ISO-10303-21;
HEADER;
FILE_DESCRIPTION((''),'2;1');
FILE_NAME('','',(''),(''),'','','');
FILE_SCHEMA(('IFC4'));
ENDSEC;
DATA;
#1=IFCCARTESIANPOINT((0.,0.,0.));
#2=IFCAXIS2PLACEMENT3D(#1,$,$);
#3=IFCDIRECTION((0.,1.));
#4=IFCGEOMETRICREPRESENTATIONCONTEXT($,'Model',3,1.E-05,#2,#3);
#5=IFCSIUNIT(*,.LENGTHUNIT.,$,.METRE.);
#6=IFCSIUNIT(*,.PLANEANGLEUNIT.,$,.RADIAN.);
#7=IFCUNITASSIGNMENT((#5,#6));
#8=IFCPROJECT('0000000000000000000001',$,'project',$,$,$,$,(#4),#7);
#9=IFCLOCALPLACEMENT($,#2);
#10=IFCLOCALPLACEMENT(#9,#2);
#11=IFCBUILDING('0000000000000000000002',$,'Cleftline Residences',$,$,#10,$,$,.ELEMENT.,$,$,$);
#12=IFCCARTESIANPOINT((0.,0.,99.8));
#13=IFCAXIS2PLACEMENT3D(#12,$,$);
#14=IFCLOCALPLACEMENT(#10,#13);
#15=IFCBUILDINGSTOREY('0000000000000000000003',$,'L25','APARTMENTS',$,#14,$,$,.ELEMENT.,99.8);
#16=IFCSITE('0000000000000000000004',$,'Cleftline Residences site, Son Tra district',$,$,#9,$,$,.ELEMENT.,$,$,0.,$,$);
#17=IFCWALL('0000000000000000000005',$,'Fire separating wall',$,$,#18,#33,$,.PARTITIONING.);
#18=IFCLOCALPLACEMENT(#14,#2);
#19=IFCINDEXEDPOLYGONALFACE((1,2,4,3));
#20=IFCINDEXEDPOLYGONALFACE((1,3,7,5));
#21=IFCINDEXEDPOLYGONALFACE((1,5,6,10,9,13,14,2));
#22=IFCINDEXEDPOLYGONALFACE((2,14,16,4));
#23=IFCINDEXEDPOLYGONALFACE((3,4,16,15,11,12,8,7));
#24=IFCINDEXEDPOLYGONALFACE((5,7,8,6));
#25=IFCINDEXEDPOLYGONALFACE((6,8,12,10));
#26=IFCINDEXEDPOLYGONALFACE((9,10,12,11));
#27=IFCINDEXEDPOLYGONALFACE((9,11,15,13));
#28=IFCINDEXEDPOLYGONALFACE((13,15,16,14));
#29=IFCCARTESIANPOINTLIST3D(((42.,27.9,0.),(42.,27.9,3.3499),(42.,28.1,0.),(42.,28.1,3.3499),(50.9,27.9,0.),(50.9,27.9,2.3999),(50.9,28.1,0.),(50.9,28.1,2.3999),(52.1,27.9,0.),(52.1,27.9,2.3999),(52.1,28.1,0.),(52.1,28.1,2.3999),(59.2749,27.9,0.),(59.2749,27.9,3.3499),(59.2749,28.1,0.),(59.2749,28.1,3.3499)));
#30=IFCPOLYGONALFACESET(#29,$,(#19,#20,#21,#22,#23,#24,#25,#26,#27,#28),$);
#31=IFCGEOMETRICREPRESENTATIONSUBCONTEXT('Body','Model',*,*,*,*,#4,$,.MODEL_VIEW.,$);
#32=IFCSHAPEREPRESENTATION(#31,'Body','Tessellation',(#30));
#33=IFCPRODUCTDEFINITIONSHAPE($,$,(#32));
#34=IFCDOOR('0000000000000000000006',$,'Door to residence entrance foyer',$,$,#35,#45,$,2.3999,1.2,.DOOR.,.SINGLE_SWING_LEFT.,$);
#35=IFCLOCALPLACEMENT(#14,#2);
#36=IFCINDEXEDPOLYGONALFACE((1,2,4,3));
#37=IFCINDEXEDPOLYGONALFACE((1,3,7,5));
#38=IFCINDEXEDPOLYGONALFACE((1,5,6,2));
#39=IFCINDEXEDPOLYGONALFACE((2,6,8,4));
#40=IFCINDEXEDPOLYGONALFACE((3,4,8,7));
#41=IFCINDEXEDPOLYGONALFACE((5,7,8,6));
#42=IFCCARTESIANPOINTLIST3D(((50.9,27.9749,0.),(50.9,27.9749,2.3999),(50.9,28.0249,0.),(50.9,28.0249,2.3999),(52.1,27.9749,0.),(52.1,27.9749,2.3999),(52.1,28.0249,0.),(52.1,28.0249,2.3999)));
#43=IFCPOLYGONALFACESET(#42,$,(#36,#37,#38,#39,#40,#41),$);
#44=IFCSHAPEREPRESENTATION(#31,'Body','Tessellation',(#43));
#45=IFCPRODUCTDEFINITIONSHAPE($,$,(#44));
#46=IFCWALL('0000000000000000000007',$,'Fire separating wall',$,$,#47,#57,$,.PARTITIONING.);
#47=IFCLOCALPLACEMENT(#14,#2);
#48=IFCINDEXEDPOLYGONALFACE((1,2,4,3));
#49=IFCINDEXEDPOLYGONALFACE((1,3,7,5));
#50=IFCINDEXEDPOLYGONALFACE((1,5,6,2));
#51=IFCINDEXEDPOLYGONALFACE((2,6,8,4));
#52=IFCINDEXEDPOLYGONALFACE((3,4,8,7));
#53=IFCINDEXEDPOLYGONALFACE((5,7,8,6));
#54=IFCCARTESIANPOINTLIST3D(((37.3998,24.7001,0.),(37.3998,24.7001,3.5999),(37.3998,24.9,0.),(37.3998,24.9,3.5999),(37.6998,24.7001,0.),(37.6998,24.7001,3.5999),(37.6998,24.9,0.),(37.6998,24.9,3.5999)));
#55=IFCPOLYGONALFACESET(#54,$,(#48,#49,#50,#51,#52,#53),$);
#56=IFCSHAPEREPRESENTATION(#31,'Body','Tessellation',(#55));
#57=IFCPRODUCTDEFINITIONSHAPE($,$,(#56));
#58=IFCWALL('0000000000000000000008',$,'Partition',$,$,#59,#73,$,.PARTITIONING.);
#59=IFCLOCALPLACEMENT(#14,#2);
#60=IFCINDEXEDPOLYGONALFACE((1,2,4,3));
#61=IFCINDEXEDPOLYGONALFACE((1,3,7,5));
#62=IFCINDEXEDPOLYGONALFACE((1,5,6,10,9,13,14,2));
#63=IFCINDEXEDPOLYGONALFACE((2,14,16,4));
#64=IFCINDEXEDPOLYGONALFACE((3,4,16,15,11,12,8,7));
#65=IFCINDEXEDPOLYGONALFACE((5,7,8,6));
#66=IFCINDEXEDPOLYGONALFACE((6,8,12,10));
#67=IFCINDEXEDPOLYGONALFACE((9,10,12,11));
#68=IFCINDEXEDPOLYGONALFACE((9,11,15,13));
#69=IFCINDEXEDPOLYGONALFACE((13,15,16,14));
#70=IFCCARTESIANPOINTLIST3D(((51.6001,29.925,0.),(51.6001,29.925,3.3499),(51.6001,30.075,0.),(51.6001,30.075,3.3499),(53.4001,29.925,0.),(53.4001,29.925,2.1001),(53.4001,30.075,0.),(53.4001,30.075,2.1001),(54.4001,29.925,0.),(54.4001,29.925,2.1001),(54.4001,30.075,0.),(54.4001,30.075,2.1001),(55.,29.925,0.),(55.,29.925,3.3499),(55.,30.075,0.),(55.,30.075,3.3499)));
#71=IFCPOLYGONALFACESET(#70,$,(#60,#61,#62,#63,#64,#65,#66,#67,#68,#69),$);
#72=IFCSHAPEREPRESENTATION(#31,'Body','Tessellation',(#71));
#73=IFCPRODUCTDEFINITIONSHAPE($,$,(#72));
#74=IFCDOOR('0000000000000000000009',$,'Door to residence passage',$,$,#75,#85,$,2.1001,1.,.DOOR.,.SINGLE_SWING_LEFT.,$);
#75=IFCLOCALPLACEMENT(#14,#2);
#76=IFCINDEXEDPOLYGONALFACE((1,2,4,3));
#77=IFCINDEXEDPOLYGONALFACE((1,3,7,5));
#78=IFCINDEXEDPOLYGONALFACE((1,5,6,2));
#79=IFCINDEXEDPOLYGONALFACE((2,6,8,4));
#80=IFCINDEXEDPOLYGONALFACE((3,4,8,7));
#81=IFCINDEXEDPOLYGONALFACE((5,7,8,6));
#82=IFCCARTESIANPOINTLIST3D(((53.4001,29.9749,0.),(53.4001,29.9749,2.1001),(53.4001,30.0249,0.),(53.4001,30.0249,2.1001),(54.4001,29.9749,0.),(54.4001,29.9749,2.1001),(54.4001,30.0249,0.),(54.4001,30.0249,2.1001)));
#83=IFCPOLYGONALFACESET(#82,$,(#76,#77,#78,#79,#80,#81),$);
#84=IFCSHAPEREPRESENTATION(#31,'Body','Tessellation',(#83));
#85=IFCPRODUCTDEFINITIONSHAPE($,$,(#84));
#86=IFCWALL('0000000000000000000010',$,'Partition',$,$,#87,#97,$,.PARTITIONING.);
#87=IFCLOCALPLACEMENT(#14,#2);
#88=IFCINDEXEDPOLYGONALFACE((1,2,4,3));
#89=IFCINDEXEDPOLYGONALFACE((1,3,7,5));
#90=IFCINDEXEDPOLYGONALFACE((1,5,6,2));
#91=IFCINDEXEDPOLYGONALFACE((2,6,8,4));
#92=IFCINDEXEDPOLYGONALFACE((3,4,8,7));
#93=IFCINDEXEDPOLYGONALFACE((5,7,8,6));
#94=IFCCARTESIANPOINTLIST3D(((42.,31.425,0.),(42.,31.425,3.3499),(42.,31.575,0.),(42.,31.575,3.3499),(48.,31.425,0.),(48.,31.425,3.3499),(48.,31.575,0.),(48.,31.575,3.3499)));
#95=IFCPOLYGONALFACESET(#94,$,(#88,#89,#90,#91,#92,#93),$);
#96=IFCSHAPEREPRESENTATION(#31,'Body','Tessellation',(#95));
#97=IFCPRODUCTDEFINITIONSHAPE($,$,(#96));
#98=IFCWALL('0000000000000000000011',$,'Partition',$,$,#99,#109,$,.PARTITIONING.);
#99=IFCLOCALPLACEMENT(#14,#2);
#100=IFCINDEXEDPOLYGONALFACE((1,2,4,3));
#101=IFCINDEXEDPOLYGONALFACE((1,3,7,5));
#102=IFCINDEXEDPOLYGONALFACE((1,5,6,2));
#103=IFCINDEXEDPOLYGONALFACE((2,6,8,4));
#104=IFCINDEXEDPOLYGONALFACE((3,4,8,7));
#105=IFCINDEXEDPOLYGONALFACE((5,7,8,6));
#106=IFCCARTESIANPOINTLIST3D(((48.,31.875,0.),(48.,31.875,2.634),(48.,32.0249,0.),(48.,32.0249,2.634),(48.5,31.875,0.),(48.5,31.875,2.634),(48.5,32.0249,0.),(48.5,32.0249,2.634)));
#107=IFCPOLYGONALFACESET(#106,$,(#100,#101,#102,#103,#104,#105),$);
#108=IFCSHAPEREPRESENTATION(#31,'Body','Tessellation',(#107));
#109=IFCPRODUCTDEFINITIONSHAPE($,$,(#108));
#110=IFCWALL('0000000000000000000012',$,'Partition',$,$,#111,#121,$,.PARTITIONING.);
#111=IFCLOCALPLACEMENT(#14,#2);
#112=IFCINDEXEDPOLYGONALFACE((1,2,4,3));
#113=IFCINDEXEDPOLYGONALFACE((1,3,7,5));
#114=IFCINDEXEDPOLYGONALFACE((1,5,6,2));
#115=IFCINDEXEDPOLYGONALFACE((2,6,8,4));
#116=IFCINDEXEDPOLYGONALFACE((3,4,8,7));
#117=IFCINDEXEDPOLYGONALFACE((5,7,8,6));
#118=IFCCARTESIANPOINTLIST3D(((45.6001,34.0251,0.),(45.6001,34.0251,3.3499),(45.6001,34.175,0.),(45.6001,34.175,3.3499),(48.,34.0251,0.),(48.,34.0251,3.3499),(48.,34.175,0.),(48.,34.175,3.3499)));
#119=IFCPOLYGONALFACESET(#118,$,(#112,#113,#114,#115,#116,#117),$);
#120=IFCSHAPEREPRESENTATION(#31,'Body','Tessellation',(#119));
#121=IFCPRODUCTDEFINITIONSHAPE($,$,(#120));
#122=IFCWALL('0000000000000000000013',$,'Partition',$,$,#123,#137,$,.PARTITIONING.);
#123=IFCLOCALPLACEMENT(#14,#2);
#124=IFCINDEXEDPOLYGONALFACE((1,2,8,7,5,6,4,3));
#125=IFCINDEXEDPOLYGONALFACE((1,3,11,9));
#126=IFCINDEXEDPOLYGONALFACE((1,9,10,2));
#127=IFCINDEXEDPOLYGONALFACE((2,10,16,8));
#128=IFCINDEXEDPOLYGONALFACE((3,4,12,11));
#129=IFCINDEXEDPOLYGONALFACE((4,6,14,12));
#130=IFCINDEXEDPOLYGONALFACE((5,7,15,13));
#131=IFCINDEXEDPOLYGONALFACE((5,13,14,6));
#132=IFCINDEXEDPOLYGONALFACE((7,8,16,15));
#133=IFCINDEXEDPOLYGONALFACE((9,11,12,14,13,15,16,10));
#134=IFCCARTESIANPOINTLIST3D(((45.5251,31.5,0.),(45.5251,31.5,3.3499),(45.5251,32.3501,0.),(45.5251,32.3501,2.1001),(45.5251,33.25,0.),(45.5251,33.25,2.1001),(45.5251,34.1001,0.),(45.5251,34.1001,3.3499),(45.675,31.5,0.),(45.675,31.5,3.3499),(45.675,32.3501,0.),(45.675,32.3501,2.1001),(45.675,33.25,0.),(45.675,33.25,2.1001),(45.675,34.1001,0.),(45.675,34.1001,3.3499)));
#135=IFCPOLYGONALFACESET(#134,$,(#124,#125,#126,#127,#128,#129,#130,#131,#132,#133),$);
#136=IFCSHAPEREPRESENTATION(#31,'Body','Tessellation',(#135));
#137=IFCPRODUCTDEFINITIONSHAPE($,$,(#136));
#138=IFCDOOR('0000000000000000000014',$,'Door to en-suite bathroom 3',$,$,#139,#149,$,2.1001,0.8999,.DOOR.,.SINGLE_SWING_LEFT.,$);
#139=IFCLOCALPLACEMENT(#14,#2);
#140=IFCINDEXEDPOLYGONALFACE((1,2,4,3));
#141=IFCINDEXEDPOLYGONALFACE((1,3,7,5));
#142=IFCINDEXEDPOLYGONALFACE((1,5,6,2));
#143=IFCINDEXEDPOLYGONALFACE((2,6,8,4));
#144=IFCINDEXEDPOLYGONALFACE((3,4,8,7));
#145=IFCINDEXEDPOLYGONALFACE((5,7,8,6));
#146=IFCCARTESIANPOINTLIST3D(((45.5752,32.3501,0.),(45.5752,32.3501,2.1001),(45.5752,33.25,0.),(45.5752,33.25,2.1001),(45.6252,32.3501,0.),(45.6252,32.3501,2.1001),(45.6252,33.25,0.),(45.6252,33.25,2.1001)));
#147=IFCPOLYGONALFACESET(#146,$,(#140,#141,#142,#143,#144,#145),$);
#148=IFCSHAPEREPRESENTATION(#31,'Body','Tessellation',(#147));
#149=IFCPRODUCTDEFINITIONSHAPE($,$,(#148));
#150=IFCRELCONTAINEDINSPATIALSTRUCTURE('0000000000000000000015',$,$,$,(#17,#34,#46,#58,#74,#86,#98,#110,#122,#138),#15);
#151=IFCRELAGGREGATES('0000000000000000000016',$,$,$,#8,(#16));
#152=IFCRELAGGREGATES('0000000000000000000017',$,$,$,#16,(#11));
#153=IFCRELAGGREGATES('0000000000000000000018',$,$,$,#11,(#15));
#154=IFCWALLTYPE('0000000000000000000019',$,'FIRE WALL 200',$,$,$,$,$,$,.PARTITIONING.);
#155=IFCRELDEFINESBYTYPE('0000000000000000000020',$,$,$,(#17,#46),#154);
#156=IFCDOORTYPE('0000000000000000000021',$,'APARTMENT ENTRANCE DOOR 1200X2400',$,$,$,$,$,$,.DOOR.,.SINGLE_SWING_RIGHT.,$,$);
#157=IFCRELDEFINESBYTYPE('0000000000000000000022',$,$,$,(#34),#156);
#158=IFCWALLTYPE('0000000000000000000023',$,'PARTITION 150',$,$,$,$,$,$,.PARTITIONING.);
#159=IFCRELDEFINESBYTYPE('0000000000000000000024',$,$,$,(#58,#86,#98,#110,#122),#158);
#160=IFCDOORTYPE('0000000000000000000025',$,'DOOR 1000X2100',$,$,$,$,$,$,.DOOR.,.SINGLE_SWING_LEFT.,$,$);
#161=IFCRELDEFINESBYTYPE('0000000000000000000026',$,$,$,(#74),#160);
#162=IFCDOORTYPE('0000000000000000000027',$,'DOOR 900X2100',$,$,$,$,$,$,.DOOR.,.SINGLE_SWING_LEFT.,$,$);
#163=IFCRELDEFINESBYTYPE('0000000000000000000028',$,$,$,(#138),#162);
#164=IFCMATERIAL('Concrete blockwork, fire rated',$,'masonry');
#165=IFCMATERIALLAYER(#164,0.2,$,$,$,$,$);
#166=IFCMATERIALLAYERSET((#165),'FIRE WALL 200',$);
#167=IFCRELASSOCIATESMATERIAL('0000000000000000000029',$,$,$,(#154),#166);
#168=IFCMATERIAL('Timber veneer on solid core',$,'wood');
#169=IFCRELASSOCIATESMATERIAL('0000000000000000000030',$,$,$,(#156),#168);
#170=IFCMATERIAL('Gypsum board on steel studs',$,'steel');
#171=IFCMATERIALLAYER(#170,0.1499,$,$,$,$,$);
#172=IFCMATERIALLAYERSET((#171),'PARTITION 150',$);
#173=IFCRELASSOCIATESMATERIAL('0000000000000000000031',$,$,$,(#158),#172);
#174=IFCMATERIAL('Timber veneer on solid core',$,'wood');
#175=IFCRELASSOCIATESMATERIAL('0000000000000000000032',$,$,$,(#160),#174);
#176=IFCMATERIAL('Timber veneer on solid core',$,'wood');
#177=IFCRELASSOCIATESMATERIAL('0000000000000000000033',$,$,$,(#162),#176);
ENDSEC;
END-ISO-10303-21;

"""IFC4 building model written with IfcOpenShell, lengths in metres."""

from ifc_helpers import new_model, si_unit, direction, frame, frame_2d, origin, place, context, subcontext, project, spatial, rectangle, extrude, material, layer, layer_set, type_object, element, fill, save


model = new_model("IFC4")

# Units and contexts
model_context = context("Model", 3, precision=1e-05, world=origin(), true_north=direction((0.0, 1.0)))
body_context = subcontext(model_context, "Body", "Model", "MODEL_VIEW")
ifc_project = project(units=[si_unit("LENGTHUNIT", "METRE"), si_unit("PLANEANGLEUNIT", "RADIAN")], contexts=[model_context])

# Site, building, storey
site_placement = place(None, origin())
site = spatial("IfcSite", under=ifc_project, at=site_placement, Name="Cleftline Residences site, Son Tra district", CompositionType="ELEMENT", RefElevation=0.0)
building_placement = place(site_placement, origin())
building = spatial("IfcBuilding", under=site, at=building_placement, Name="Cleftline Residences", CompositionType="ELEMENT")
storey_placement = place(building_placement, frame((0.0, 0.0, 99.8)))
storey = spatial("IfcBuildingStorey", under=building, at=storey_placement, Name="L25", Description="APARTMENTS", CompositionType="ELEMENT", Elevation=99.8)

# Shared definitions
ifc_material_1 = material(Name="Concrete blockwork, fire rated", Category="masonry")
ifc_layer_1 = layer(ifc_material_1, 0.2)
ifc_layer_set_1 = layer_set([ifc_layer_1], Name="FIRE WALL 200")
wall_type_1 = type_object("IfcWallType", Name="FIRE WALL 200", PredefinedType="PARTITIONING", material=ifc_layer_set_1)

# Wall, opening, door
wall_1_placement = place(storey_placement, frame((42.0, 28.0, 0.0), z_axis=(0.0, 0.0, 1.0), x_axis=(1.0, 0.0, 0.0)))
wall_1 = element("IfcWall", 1, at=wall_1_placement, inside=storey, type_object=wall_type_1, Name="Fire separating wall", PredefinedType="PARTITIONING", context=body_context, shape_type="SweptSolid", body=[
    extrude(rectangle(XDim=17.2749, YDim=0.2, at=frame_2d((8.6375, 0.0))), origin(), (0.0, 0.0, 1.0), 3.3499),
])
opening_1_placement = place(wall_1_placement, frame((8.8999, 0.0, 0.0)))
opening_1 = element("IfcOpeningElement", 2, at=opening_1_placement, cuts=wall_1, PredefinedType="OPENING", context=body_context, shape_type="SweptSolid", body=[
    extrude(rectangle(XDim=1.2, YDim=2.3999, at=frame_2d((0.6001, 1.2))), frame((0.0, 0.1099, 0.0), z_axis=(0.0, -1.0, 0.0), x_axis=(1.0, 0.0, 0.0)), (0.0, 0.0, 1.0), 0.22),
])
ifc_material_2 = material(Name="Timber veneer on solid core", Category="wood")
door_type_1 = type_object("IfcDoorType", Name="APARTMENT ENTRANCE DOOR 1200X2400", OperationType="SINGLE_SWING_RIGHT", PredefinedType="DOOR", material=ifc_material_2)
door_1_placement = place(opening_1_placement, origin())
door_1 = element("IfcDoor", 3, at=door_1_placement, inside=storey, type_object=door_type_1, Name="Door to residence entrance foyer", OperationType="SINGLE_SWING_LEFT", OverallHeight=2.3999, OverallWidth=1.2, PredefinedType="DOOR", context=body_context, shape_type="SweptSolid", body=[
    extrude(rectangle(XDim=1.2, YDim=2.3999, at=frame_2d((0.6001, 1.2))), frame((0.0, 0.0249, 0.0), z_axis=(0.0, -1.0, 0.0), x_axis=(1.0, 0.0, 0.0)), (0.0, 0.0, 1.0), 0.05),
])
fill(opening_1, door_1)

# Wall
wall_2_placement = place(storey_placement, frame((37.3999, 24.8, 0.0), z_axis=(0.0, 0.0, 1.0), x_axis=(1.0, 0.0, 0.0)))
element("IfcWall", 4, at=wall_2_placement, inside=storey, type_object=wall_type_1, Name="Fire separating wall", PredefinedType="PARTITIONING", context=body_context, shape_type="SweptSolid", body=[
    extrude(rectangle(XDim=0.3, YDim=0.2, at=frame_2d((0.1499, 0.0))), origin(), (0.0, 0.0, 1.0), 3.5999),
])

# Wall, opening, door
ifc_material_3 = material(Name="Gypsum board on steel studs", Category="steel")
ifc_layer_2 = layer(ifc_material_3, 0.1499)
ifc_layer_set_2 = layer_set([ifc_layer_2], Name="PARTITION 150")
wall_type_2 = type_object("IfcWallType", Name="PARTITION 150", PredefinedType="PARTITIONING", material=ifc_layer_set_2)
wall_3_placement = place(storey_placement, frame((51.6001, 30.0, 0.0), z_axis=(0.0, 0.0, 1.0), x_axis=(1.0, 0.0, 0.0)))
wall_3 = element("IfcWall", 5, at=wall_3_placement, inside=storey, type_object=wall_type_2, Name="Partition", PredefinedType="PARTITIONING", context=body_context, shape_type="SweptSolid", body=[
    extrude(rectangle(XDim=3.3999, YDim=0.1499, at=frame_2d((1.7, 0.0))), origin(), (0.0, 0.0, 1.0), 3.3499),
])
opening_2_placement = place(wall_3_placement, frame((1.8, 0.0, 0.0)))
opening_2 = element("IfcOpeningElement", 6, at=opening_2_placement, cuts=wall_3, PredefinedType="OPENING", context=body_context, shape_type="SweptSolid", body=[
    extrude(rectangle(XDim=1.0, YDim=2.1001, at=frame_2d((0.5, 1.05))), frame((0.0, 0.085, 0.0), z_axis=(0.0, -1.0, 0.0), x_axis=(1.0, 0.0, 0.0)), (0.0, 0.0, 1.0), 0.1699),
])
ifc_material_4 = material(Name="Timber veneer on solid core", Category="wood")
door_type_2 = type_object("IfcDoorType", Name="DOOR 1000X2100", OperationType="SINGLE_SWING_LEFT", PredefinedType="DOOR", material=ifc_material_4)
door_2_placement = place(opening_2_placement, origin())
door_2 = element("IfcDoor", 7, at=door_2_placement, inside=storey, type_object=door_type_2, Name="Door to residence passage", OperationType="SINGLE_SWING_LEFT", OverallHeight=2.1001, OverallWidth=1.0, PredefinedType="DOOR", context=body_context, shape_type="SweptSolid", body=[
    extrude(rectangle(XDim=1.0, YDim=2.1001, at=frame_2d((0.5, 1.05))), frame((0.0, 0.0249, 0.0), z_axis=(0.0, -1.0, 0.0), x_axis=(1.0, 0.0, 0.0)), (0.0, 0.0, 1.0), 0.05),
])
fill(opening_2, door_2)

# Walls
wall_4_placement = place(storey_placement, frame((42.0, 31.5, 0.0), z_axis=(0.0, 0.0, 1.0), x_axis=(1.0, 0.0, 0.0)))
element("IfcWall", 8, at=wall_4_placement, inside=storey, type_object=wall_type_2, Name="Partition", PredefinedType="PARTITIONING", context=body_context, shape_type="SweptSolid", body=[
    extrude(rectangle(XDim=6.0, YDim=0.1499, at=frame_2d((3.0, 0.0))), origin(), (0.0, 0.0, 1.0), 3.3499),
])
wall_5_placement = place(storey_placement, frame((48.0, 31.95, 0.0), z_axis=(0.0, 0.0, 1.0), x_axis=(1.0, 0.0, 0.0)))
element("IfcWall", 9, at=wall_5_placement, inside=storey, type_object=wall_type_2, Name="Partition", PredefinedType="PARTITIONING", context=body_context, shape_type="SweptSolid", body=[
    extrude(rectangle(XDim=0.5, YDim=0.1499, at=frame_2d((0.25, 0.0))), origin(), (0.0, 0.0, 1.0), 2.634),
])
wall_6_placement = place(storey_placement, frame((45.6001, 34.1001, 0.0), z_axis=(0.0, 0.0, 1.0), x_axis=(1.0, 0.0, 0.0)))
element("IfcWall", 10, at=wall_6_placement, inside=storey, type_object=wall_type_2, Name="Partition", PredefinedType="PARTITIONING", context=body_context, shape_type="SweptSolid", body=[
    extrude(rectangle(XDim=2.3999, YDim=0.1499, at=frame_2d((1.2, 0.0))), origin(), (0.0, 0.0, 1.0), 3.3499),
])

# Wall, opening, door
wall_7_placement = place(storey_placement, frame((45.6001, 31.5, 0.0), z_axis=(0.0, 0.0, 1.0), x_axis=(0.0, 1.0, 0.0)))
wall_7 = element("IfcWall", 11, at=wall_7_placement, inside=storey, type_object=wall_type_2, Name="Partition", PredefinedType="PARTITIONING", context=body_context, shape_type="SweptSolid", body=[
    extrude(rectangle(XDim=2.6001, YDim=0.1499, at=frame_2d((1.3, 0.0))), origin(), (0.0, 0.0, 1.0), 3.3499),
])
opening_3_placement = place(wall_7_placement, frame((0.8501, 0.0, 0.0)))
opening_3 = element("IfcOpeningElement", 12, at=opening_3_placement, cuts=wall_7, PredefinedType="OPENING", context=body_context, shape_type="SweptSolid", body=[
    extrude(rectangle(XDim=0.8999, YDim=2.1001, at=frame_2d((0.45, 1.05))), frame((0.0, 0.085, 0.0), z_axis=(0.0, -1.0, 0.0), x_axis=(1.0, 0.0, 0.0)), (0.0, 0.0, 1.0), 0.1699),
])
ifc_material_5 = material(Name="Timber veneer on solid core", Category="wood")
door_type_3 = type_object("IfcDoorType", Name="DOOR 900X2100", OperationType="SINGLE_SWING_LEFT", PredefinedType="DOOR", material=ifc_material_5)
door_3_placement = place(opening_3_placement, origin())
door_3 = element("IfcDoor", 13, at=door_3_placement, inside=storey, type_object=door_type_3, Name="Door to en-suite bathroom 3", OperationType="SINGLE_SWING_LEFT", OverallHeight=2.1001, OverallWidth=0.8999, PredefinedType="DOOR", context=body_context, shape_type="SweptSolid", body=[
    extrude(rectangle(XDim=0.8999, YDim=2.1001, at=frame_2d((0.45, 1.05))), frame((0.0, 0.0249, 0.0), z_axis=(0.0, -1.0, 0.0), x_axis=(1.0, 0.0, 0.0)), (0.0, 0.0, 1.0), 0.05),
])
fill(opening_3, door_3)

save(model, "model.ifc")
